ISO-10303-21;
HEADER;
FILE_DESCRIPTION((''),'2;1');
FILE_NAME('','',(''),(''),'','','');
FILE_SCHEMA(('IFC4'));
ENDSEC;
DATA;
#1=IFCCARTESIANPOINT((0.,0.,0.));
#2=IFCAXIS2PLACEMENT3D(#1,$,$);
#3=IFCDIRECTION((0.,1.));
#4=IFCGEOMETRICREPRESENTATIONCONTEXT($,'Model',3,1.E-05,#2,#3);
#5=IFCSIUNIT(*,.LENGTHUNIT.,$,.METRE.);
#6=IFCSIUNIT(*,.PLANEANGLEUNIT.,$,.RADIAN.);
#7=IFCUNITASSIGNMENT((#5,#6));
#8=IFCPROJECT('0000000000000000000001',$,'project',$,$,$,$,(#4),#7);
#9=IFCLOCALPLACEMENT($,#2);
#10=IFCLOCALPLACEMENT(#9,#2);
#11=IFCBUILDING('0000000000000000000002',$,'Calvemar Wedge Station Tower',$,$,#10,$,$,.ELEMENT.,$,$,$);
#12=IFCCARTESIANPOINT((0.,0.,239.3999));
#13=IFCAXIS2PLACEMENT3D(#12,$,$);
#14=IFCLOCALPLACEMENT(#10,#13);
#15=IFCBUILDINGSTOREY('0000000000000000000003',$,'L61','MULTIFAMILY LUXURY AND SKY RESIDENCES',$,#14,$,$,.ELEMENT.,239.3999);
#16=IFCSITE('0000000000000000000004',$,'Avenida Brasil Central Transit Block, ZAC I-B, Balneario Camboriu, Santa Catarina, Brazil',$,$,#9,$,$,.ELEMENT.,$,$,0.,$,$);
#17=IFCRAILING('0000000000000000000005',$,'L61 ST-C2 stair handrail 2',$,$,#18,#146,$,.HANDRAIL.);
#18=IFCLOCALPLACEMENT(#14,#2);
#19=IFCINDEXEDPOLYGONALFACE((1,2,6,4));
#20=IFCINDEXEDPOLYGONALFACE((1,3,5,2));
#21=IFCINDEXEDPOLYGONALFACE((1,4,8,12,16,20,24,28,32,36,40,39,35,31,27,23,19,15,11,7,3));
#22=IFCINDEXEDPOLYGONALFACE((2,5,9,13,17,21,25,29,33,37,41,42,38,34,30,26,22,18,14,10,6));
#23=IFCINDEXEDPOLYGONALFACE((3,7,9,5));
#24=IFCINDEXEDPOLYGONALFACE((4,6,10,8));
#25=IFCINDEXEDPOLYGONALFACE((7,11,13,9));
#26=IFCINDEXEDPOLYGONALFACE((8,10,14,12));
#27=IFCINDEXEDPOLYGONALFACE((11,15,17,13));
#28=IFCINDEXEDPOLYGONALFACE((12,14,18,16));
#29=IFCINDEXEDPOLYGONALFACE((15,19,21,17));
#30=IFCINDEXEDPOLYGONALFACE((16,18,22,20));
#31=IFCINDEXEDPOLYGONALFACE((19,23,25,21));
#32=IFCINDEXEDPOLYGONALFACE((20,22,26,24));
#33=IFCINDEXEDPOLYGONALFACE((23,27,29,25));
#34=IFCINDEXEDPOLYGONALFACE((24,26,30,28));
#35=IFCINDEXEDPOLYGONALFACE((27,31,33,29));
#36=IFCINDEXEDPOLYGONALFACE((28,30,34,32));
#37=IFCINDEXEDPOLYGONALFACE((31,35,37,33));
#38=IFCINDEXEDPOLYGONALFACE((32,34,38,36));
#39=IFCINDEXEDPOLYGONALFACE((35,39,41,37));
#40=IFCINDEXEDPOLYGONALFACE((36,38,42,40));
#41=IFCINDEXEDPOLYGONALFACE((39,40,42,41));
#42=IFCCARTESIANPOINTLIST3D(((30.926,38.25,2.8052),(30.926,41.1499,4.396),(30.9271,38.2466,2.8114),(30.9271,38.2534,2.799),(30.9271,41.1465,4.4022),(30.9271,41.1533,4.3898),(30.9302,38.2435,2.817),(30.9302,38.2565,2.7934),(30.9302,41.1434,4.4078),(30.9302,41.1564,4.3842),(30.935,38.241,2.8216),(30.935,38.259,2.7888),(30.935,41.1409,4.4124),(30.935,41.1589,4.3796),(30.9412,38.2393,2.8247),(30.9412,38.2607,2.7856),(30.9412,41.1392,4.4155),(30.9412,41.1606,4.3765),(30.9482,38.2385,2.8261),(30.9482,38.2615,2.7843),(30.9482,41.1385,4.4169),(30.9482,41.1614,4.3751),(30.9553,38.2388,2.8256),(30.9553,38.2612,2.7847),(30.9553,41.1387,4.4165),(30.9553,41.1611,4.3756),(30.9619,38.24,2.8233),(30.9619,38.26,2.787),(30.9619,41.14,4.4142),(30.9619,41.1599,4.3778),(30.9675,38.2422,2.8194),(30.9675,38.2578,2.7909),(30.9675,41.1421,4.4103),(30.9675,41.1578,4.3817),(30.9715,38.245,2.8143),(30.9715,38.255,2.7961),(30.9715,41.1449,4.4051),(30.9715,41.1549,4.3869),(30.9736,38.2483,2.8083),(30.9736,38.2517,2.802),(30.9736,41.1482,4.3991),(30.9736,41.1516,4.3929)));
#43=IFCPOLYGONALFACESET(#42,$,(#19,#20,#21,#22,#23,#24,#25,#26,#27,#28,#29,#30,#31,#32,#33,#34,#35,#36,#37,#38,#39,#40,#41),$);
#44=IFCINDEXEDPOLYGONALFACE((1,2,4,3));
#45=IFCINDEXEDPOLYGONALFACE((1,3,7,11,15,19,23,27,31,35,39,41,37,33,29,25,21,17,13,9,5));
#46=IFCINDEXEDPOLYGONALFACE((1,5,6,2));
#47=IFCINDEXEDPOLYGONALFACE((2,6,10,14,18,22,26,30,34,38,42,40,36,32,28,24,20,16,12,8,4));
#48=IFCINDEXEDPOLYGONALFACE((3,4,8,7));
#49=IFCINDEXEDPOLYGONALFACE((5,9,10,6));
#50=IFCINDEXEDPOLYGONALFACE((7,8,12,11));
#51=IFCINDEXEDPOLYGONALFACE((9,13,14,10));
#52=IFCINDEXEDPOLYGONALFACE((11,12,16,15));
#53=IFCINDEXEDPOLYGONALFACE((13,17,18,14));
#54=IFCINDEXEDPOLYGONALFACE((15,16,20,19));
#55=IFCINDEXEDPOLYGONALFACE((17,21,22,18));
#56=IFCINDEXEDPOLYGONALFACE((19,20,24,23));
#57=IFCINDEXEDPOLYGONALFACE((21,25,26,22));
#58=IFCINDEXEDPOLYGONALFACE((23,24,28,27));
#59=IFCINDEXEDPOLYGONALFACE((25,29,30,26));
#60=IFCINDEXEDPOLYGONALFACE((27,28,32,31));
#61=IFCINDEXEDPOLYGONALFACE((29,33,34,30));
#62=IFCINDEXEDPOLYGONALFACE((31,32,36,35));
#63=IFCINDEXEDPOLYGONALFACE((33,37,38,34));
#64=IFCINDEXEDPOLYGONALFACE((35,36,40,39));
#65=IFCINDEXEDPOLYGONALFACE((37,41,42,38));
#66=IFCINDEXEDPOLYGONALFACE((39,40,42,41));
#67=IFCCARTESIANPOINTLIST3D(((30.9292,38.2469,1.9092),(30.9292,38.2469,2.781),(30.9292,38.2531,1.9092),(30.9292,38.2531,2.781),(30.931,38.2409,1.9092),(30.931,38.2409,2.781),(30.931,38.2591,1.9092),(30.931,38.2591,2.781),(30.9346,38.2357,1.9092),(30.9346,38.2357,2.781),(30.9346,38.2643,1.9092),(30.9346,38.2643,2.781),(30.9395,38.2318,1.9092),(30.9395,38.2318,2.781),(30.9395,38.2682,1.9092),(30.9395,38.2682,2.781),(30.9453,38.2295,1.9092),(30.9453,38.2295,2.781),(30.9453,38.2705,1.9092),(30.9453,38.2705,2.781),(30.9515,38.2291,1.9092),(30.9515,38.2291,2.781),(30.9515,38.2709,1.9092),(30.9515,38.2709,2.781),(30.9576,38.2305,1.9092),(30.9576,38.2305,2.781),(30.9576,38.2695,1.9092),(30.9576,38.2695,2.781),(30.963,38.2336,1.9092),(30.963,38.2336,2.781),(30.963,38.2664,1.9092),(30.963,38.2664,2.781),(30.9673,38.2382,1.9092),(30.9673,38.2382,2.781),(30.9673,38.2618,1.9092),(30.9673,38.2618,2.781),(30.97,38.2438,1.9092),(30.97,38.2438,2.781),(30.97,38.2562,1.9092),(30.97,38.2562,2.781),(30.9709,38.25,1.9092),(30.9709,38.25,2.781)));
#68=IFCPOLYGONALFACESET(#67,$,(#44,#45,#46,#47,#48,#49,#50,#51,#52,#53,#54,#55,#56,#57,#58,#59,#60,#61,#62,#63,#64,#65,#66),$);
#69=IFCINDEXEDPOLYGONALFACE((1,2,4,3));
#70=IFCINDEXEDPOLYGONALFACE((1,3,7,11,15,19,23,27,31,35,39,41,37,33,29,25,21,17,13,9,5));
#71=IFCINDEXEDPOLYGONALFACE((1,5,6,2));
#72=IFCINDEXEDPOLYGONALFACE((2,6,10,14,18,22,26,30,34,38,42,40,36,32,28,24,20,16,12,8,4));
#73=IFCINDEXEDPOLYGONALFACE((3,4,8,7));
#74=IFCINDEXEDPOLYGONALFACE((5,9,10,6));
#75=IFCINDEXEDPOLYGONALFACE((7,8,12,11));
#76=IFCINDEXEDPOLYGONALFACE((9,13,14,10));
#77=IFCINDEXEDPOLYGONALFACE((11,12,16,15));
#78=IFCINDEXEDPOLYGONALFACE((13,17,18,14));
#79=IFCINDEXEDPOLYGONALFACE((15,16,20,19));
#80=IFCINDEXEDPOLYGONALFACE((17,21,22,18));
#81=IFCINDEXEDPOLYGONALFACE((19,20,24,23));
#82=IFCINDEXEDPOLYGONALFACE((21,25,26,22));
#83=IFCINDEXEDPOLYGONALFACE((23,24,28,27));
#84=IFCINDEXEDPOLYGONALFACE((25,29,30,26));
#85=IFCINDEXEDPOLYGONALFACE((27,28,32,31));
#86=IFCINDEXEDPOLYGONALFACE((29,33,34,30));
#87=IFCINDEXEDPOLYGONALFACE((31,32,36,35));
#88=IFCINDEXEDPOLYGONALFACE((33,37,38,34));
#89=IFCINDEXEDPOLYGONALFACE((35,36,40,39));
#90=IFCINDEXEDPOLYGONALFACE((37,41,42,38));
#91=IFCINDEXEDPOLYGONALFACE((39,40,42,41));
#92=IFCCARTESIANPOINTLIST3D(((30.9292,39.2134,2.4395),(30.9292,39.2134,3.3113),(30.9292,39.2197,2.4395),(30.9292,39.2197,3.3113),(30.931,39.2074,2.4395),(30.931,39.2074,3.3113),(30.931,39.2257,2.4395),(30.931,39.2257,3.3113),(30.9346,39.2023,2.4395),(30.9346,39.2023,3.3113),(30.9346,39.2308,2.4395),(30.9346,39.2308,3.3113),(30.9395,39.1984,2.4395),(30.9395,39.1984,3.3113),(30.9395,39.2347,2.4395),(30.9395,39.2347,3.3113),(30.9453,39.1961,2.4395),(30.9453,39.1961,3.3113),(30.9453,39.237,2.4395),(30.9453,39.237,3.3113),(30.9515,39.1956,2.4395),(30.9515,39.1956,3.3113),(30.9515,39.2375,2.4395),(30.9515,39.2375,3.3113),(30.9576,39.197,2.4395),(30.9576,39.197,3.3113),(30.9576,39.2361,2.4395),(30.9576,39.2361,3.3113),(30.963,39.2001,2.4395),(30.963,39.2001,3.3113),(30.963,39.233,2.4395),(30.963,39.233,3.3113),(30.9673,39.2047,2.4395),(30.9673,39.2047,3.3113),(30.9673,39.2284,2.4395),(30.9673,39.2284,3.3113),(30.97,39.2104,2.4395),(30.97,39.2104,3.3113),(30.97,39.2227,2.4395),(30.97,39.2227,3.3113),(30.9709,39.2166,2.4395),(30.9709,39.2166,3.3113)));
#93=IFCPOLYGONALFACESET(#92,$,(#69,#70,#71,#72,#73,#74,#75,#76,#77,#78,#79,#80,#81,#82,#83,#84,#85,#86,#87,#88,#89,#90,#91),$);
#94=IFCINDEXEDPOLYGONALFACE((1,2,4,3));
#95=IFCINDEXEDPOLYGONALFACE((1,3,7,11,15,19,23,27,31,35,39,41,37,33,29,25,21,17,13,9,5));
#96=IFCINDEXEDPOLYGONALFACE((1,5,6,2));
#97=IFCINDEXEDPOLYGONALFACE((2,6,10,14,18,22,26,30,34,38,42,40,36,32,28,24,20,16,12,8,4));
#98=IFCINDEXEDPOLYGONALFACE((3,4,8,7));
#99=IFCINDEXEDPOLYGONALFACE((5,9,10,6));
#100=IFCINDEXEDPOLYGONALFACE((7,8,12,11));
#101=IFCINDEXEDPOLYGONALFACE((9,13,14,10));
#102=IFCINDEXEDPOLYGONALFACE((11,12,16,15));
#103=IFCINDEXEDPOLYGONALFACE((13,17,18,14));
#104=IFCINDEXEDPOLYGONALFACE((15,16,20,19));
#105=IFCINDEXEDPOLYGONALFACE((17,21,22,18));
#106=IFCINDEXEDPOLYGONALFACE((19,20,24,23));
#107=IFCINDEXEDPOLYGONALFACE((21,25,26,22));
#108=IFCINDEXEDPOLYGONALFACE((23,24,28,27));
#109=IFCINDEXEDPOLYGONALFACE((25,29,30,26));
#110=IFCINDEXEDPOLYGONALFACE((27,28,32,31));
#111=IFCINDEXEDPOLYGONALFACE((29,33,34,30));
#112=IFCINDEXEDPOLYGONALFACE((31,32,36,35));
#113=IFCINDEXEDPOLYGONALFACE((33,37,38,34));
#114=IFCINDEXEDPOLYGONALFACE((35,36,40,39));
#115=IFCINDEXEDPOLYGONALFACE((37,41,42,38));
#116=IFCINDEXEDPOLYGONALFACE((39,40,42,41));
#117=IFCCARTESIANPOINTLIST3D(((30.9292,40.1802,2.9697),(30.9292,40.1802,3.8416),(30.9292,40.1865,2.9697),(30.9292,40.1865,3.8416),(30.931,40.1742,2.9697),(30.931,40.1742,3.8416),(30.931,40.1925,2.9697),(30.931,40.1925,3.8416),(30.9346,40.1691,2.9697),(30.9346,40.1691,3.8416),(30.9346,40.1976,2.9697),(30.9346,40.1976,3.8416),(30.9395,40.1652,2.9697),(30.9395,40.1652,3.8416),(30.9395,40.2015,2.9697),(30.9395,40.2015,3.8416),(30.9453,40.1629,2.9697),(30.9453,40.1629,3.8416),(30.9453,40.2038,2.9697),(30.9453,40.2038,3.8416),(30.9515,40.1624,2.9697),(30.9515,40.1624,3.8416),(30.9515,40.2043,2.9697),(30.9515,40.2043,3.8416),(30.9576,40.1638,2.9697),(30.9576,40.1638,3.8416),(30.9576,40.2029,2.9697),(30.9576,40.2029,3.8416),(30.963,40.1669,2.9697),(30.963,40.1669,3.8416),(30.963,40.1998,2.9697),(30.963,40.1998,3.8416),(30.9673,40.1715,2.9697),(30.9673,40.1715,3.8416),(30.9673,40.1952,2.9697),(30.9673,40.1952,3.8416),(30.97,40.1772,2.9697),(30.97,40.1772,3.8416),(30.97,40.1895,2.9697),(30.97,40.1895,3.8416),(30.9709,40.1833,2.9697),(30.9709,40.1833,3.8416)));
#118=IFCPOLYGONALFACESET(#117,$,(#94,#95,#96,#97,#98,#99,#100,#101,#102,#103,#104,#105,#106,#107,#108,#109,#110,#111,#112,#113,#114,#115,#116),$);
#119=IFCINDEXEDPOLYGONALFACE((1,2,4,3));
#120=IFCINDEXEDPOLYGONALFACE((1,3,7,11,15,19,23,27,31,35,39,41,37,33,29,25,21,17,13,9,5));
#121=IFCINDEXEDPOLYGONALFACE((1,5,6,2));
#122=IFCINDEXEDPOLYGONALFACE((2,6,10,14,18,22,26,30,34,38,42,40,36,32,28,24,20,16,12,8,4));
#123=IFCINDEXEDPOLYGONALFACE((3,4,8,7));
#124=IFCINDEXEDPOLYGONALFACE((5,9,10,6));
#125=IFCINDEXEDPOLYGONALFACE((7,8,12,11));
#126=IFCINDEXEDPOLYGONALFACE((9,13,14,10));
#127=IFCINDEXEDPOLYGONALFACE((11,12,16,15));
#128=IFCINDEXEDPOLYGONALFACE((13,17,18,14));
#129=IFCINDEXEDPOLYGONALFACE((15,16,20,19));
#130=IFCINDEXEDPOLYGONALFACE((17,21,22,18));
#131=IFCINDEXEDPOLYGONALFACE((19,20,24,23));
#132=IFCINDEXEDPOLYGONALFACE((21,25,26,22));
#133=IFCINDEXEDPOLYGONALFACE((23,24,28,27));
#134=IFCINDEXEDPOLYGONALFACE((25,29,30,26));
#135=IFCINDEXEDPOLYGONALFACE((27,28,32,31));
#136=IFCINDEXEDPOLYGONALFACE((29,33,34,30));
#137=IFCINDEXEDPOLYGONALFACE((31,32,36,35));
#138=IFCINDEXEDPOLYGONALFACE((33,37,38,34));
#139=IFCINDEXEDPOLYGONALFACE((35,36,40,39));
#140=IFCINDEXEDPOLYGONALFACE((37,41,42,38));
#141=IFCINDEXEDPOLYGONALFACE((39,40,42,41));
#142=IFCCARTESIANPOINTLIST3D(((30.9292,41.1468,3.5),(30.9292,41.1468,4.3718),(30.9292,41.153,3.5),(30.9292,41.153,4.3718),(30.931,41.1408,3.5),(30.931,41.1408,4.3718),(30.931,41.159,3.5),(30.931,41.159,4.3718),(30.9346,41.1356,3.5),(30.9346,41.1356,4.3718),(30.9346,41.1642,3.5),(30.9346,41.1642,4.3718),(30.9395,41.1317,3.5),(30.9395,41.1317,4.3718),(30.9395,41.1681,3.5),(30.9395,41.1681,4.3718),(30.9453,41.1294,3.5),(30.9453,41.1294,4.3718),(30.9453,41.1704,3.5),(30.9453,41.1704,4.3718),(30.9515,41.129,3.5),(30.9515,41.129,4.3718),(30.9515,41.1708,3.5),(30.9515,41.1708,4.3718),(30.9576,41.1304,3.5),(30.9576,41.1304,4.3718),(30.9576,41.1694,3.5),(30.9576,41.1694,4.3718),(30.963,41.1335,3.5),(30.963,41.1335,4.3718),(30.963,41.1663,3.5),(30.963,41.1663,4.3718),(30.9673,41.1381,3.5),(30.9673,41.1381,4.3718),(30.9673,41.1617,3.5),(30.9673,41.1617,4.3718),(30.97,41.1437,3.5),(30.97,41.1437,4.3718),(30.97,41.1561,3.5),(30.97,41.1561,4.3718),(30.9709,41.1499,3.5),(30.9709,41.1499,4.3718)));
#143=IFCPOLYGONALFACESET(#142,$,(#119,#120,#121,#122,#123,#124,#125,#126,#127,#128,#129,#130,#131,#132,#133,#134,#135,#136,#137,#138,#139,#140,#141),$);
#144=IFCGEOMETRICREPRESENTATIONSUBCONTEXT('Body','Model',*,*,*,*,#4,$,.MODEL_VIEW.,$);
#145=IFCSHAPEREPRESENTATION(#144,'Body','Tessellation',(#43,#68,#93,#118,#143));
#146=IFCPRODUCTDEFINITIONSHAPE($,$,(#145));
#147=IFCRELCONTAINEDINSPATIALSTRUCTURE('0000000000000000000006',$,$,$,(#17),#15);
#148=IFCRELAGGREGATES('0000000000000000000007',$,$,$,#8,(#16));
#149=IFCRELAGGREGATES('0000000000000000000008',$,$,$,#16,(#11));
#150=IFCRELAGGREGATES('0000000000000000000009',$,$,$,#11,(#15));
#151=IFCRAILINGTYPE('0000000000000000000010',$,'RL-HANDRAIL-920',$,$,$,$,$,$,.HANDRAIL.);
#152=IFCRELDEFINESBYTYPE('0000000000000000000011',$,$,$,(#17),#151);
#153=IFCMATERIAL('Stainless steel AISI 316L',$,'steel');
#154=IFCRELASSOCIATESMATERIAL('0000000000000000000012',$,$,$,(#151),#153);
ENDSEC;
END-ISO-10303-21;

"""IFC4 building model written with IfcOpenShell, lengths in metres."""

from ifc_helpers import new_model, si_unit, direction, frame, origin, origin_2d, place, context, subcontext, project, spatial, circle, extrude, material, type_object, element, save


model = new_model("IFC4")

# Units and contexts
model_context = context("Model", 3, precision=1e-05, world=origin(), true_north=direction((0.0, 1.0)))
body_context = subcontext(model_context, "Body", "Model", "MODEL_VIEW")
ifc_project = project(units=[si_unit("LENGTHUNIT", "METRE"), si_unit("PLANEANGLEUNIT", "RADIAN")], contexts=[model_context])

# Site, building, storey
site_placement = place(None, origin())
site = spatial("IfcSite", under=ifc_project, at=site_placement, Name="Avenida Brasil Central Transit Block, ZAC I-B, Balneario Camboriu, Santa Catarina, Brazil", CompositionType="ELEMENT", RefElevation=0.0)
building_placement = place(site_placement, origin())
building = spatial("IfcBuilding", under=site, at=building_placement, Name="Calvemar Wedge Station Tower", CompositionType="ELEMENT")
storey_placement = place(building_placement, frame((0.0, 0.0, 239.3999)))
storey = spatial("IfcBuildingStorey", under=building, at=storey_placement, Name="L61", Description="MULTIFAMILY LUXURY AND SKY RESIDENCES", CompositionType="ELEMENT", Elevation=239.3999)

# Railing
ifc_material_1 = material(Name="Stainless steel AISI 316L", Category="steel")
railing_type_1 = type_object("IfcRailingType", Name="RL-HANDRAIL-920", PredefinedType="HANDRAIL", material=ifc_material_1)
railing_1_placement = place(storey_placement, frame((30.95, 38.25, 1.9092)))
element("IfcRailing", 1, at=railing_1_placement, inside=storey, type_object=railing_type_1, Name="L61 ST-C2 stair handrail 2", PredefinedType="HANDRAIL", context=body_context, shape_type="SweptSolid", body=[
    extrude(circle(Radius=0.0239, at=origin_2d()), frame((0.0, 0.0, 0.896), z_axis=(0.0, 0.876742, 0.480961), x_axis=(-1.0, 0.0, 0.0)), (0.0, 0.0, 1.0), 3.3076),
    extrude(circle(Radius=0.021, at=origin_2d()), origin(), (0.0, 0.0, 1.0), 0.8718),
    extrude(circle(Radius=0.021, at=origin_2d()), frame((0.0, 0.9666, 0.5303)), (0.0, 0.0, 1.0), 0.8718),
    extrude(circle(Radius=0.021, at=origin_2d()), frame((0.0, 1.9333, 1.0605)), (0.0, 0.0, 1.0), 0.8718),
    extrude(circle(Radius=0.021, at=origin_2d()), frame((0.0, 2.8999, 1.5908)), (0.0, 0.0, 1.0), 0.8718),
])

save(model, "model.ifc")
